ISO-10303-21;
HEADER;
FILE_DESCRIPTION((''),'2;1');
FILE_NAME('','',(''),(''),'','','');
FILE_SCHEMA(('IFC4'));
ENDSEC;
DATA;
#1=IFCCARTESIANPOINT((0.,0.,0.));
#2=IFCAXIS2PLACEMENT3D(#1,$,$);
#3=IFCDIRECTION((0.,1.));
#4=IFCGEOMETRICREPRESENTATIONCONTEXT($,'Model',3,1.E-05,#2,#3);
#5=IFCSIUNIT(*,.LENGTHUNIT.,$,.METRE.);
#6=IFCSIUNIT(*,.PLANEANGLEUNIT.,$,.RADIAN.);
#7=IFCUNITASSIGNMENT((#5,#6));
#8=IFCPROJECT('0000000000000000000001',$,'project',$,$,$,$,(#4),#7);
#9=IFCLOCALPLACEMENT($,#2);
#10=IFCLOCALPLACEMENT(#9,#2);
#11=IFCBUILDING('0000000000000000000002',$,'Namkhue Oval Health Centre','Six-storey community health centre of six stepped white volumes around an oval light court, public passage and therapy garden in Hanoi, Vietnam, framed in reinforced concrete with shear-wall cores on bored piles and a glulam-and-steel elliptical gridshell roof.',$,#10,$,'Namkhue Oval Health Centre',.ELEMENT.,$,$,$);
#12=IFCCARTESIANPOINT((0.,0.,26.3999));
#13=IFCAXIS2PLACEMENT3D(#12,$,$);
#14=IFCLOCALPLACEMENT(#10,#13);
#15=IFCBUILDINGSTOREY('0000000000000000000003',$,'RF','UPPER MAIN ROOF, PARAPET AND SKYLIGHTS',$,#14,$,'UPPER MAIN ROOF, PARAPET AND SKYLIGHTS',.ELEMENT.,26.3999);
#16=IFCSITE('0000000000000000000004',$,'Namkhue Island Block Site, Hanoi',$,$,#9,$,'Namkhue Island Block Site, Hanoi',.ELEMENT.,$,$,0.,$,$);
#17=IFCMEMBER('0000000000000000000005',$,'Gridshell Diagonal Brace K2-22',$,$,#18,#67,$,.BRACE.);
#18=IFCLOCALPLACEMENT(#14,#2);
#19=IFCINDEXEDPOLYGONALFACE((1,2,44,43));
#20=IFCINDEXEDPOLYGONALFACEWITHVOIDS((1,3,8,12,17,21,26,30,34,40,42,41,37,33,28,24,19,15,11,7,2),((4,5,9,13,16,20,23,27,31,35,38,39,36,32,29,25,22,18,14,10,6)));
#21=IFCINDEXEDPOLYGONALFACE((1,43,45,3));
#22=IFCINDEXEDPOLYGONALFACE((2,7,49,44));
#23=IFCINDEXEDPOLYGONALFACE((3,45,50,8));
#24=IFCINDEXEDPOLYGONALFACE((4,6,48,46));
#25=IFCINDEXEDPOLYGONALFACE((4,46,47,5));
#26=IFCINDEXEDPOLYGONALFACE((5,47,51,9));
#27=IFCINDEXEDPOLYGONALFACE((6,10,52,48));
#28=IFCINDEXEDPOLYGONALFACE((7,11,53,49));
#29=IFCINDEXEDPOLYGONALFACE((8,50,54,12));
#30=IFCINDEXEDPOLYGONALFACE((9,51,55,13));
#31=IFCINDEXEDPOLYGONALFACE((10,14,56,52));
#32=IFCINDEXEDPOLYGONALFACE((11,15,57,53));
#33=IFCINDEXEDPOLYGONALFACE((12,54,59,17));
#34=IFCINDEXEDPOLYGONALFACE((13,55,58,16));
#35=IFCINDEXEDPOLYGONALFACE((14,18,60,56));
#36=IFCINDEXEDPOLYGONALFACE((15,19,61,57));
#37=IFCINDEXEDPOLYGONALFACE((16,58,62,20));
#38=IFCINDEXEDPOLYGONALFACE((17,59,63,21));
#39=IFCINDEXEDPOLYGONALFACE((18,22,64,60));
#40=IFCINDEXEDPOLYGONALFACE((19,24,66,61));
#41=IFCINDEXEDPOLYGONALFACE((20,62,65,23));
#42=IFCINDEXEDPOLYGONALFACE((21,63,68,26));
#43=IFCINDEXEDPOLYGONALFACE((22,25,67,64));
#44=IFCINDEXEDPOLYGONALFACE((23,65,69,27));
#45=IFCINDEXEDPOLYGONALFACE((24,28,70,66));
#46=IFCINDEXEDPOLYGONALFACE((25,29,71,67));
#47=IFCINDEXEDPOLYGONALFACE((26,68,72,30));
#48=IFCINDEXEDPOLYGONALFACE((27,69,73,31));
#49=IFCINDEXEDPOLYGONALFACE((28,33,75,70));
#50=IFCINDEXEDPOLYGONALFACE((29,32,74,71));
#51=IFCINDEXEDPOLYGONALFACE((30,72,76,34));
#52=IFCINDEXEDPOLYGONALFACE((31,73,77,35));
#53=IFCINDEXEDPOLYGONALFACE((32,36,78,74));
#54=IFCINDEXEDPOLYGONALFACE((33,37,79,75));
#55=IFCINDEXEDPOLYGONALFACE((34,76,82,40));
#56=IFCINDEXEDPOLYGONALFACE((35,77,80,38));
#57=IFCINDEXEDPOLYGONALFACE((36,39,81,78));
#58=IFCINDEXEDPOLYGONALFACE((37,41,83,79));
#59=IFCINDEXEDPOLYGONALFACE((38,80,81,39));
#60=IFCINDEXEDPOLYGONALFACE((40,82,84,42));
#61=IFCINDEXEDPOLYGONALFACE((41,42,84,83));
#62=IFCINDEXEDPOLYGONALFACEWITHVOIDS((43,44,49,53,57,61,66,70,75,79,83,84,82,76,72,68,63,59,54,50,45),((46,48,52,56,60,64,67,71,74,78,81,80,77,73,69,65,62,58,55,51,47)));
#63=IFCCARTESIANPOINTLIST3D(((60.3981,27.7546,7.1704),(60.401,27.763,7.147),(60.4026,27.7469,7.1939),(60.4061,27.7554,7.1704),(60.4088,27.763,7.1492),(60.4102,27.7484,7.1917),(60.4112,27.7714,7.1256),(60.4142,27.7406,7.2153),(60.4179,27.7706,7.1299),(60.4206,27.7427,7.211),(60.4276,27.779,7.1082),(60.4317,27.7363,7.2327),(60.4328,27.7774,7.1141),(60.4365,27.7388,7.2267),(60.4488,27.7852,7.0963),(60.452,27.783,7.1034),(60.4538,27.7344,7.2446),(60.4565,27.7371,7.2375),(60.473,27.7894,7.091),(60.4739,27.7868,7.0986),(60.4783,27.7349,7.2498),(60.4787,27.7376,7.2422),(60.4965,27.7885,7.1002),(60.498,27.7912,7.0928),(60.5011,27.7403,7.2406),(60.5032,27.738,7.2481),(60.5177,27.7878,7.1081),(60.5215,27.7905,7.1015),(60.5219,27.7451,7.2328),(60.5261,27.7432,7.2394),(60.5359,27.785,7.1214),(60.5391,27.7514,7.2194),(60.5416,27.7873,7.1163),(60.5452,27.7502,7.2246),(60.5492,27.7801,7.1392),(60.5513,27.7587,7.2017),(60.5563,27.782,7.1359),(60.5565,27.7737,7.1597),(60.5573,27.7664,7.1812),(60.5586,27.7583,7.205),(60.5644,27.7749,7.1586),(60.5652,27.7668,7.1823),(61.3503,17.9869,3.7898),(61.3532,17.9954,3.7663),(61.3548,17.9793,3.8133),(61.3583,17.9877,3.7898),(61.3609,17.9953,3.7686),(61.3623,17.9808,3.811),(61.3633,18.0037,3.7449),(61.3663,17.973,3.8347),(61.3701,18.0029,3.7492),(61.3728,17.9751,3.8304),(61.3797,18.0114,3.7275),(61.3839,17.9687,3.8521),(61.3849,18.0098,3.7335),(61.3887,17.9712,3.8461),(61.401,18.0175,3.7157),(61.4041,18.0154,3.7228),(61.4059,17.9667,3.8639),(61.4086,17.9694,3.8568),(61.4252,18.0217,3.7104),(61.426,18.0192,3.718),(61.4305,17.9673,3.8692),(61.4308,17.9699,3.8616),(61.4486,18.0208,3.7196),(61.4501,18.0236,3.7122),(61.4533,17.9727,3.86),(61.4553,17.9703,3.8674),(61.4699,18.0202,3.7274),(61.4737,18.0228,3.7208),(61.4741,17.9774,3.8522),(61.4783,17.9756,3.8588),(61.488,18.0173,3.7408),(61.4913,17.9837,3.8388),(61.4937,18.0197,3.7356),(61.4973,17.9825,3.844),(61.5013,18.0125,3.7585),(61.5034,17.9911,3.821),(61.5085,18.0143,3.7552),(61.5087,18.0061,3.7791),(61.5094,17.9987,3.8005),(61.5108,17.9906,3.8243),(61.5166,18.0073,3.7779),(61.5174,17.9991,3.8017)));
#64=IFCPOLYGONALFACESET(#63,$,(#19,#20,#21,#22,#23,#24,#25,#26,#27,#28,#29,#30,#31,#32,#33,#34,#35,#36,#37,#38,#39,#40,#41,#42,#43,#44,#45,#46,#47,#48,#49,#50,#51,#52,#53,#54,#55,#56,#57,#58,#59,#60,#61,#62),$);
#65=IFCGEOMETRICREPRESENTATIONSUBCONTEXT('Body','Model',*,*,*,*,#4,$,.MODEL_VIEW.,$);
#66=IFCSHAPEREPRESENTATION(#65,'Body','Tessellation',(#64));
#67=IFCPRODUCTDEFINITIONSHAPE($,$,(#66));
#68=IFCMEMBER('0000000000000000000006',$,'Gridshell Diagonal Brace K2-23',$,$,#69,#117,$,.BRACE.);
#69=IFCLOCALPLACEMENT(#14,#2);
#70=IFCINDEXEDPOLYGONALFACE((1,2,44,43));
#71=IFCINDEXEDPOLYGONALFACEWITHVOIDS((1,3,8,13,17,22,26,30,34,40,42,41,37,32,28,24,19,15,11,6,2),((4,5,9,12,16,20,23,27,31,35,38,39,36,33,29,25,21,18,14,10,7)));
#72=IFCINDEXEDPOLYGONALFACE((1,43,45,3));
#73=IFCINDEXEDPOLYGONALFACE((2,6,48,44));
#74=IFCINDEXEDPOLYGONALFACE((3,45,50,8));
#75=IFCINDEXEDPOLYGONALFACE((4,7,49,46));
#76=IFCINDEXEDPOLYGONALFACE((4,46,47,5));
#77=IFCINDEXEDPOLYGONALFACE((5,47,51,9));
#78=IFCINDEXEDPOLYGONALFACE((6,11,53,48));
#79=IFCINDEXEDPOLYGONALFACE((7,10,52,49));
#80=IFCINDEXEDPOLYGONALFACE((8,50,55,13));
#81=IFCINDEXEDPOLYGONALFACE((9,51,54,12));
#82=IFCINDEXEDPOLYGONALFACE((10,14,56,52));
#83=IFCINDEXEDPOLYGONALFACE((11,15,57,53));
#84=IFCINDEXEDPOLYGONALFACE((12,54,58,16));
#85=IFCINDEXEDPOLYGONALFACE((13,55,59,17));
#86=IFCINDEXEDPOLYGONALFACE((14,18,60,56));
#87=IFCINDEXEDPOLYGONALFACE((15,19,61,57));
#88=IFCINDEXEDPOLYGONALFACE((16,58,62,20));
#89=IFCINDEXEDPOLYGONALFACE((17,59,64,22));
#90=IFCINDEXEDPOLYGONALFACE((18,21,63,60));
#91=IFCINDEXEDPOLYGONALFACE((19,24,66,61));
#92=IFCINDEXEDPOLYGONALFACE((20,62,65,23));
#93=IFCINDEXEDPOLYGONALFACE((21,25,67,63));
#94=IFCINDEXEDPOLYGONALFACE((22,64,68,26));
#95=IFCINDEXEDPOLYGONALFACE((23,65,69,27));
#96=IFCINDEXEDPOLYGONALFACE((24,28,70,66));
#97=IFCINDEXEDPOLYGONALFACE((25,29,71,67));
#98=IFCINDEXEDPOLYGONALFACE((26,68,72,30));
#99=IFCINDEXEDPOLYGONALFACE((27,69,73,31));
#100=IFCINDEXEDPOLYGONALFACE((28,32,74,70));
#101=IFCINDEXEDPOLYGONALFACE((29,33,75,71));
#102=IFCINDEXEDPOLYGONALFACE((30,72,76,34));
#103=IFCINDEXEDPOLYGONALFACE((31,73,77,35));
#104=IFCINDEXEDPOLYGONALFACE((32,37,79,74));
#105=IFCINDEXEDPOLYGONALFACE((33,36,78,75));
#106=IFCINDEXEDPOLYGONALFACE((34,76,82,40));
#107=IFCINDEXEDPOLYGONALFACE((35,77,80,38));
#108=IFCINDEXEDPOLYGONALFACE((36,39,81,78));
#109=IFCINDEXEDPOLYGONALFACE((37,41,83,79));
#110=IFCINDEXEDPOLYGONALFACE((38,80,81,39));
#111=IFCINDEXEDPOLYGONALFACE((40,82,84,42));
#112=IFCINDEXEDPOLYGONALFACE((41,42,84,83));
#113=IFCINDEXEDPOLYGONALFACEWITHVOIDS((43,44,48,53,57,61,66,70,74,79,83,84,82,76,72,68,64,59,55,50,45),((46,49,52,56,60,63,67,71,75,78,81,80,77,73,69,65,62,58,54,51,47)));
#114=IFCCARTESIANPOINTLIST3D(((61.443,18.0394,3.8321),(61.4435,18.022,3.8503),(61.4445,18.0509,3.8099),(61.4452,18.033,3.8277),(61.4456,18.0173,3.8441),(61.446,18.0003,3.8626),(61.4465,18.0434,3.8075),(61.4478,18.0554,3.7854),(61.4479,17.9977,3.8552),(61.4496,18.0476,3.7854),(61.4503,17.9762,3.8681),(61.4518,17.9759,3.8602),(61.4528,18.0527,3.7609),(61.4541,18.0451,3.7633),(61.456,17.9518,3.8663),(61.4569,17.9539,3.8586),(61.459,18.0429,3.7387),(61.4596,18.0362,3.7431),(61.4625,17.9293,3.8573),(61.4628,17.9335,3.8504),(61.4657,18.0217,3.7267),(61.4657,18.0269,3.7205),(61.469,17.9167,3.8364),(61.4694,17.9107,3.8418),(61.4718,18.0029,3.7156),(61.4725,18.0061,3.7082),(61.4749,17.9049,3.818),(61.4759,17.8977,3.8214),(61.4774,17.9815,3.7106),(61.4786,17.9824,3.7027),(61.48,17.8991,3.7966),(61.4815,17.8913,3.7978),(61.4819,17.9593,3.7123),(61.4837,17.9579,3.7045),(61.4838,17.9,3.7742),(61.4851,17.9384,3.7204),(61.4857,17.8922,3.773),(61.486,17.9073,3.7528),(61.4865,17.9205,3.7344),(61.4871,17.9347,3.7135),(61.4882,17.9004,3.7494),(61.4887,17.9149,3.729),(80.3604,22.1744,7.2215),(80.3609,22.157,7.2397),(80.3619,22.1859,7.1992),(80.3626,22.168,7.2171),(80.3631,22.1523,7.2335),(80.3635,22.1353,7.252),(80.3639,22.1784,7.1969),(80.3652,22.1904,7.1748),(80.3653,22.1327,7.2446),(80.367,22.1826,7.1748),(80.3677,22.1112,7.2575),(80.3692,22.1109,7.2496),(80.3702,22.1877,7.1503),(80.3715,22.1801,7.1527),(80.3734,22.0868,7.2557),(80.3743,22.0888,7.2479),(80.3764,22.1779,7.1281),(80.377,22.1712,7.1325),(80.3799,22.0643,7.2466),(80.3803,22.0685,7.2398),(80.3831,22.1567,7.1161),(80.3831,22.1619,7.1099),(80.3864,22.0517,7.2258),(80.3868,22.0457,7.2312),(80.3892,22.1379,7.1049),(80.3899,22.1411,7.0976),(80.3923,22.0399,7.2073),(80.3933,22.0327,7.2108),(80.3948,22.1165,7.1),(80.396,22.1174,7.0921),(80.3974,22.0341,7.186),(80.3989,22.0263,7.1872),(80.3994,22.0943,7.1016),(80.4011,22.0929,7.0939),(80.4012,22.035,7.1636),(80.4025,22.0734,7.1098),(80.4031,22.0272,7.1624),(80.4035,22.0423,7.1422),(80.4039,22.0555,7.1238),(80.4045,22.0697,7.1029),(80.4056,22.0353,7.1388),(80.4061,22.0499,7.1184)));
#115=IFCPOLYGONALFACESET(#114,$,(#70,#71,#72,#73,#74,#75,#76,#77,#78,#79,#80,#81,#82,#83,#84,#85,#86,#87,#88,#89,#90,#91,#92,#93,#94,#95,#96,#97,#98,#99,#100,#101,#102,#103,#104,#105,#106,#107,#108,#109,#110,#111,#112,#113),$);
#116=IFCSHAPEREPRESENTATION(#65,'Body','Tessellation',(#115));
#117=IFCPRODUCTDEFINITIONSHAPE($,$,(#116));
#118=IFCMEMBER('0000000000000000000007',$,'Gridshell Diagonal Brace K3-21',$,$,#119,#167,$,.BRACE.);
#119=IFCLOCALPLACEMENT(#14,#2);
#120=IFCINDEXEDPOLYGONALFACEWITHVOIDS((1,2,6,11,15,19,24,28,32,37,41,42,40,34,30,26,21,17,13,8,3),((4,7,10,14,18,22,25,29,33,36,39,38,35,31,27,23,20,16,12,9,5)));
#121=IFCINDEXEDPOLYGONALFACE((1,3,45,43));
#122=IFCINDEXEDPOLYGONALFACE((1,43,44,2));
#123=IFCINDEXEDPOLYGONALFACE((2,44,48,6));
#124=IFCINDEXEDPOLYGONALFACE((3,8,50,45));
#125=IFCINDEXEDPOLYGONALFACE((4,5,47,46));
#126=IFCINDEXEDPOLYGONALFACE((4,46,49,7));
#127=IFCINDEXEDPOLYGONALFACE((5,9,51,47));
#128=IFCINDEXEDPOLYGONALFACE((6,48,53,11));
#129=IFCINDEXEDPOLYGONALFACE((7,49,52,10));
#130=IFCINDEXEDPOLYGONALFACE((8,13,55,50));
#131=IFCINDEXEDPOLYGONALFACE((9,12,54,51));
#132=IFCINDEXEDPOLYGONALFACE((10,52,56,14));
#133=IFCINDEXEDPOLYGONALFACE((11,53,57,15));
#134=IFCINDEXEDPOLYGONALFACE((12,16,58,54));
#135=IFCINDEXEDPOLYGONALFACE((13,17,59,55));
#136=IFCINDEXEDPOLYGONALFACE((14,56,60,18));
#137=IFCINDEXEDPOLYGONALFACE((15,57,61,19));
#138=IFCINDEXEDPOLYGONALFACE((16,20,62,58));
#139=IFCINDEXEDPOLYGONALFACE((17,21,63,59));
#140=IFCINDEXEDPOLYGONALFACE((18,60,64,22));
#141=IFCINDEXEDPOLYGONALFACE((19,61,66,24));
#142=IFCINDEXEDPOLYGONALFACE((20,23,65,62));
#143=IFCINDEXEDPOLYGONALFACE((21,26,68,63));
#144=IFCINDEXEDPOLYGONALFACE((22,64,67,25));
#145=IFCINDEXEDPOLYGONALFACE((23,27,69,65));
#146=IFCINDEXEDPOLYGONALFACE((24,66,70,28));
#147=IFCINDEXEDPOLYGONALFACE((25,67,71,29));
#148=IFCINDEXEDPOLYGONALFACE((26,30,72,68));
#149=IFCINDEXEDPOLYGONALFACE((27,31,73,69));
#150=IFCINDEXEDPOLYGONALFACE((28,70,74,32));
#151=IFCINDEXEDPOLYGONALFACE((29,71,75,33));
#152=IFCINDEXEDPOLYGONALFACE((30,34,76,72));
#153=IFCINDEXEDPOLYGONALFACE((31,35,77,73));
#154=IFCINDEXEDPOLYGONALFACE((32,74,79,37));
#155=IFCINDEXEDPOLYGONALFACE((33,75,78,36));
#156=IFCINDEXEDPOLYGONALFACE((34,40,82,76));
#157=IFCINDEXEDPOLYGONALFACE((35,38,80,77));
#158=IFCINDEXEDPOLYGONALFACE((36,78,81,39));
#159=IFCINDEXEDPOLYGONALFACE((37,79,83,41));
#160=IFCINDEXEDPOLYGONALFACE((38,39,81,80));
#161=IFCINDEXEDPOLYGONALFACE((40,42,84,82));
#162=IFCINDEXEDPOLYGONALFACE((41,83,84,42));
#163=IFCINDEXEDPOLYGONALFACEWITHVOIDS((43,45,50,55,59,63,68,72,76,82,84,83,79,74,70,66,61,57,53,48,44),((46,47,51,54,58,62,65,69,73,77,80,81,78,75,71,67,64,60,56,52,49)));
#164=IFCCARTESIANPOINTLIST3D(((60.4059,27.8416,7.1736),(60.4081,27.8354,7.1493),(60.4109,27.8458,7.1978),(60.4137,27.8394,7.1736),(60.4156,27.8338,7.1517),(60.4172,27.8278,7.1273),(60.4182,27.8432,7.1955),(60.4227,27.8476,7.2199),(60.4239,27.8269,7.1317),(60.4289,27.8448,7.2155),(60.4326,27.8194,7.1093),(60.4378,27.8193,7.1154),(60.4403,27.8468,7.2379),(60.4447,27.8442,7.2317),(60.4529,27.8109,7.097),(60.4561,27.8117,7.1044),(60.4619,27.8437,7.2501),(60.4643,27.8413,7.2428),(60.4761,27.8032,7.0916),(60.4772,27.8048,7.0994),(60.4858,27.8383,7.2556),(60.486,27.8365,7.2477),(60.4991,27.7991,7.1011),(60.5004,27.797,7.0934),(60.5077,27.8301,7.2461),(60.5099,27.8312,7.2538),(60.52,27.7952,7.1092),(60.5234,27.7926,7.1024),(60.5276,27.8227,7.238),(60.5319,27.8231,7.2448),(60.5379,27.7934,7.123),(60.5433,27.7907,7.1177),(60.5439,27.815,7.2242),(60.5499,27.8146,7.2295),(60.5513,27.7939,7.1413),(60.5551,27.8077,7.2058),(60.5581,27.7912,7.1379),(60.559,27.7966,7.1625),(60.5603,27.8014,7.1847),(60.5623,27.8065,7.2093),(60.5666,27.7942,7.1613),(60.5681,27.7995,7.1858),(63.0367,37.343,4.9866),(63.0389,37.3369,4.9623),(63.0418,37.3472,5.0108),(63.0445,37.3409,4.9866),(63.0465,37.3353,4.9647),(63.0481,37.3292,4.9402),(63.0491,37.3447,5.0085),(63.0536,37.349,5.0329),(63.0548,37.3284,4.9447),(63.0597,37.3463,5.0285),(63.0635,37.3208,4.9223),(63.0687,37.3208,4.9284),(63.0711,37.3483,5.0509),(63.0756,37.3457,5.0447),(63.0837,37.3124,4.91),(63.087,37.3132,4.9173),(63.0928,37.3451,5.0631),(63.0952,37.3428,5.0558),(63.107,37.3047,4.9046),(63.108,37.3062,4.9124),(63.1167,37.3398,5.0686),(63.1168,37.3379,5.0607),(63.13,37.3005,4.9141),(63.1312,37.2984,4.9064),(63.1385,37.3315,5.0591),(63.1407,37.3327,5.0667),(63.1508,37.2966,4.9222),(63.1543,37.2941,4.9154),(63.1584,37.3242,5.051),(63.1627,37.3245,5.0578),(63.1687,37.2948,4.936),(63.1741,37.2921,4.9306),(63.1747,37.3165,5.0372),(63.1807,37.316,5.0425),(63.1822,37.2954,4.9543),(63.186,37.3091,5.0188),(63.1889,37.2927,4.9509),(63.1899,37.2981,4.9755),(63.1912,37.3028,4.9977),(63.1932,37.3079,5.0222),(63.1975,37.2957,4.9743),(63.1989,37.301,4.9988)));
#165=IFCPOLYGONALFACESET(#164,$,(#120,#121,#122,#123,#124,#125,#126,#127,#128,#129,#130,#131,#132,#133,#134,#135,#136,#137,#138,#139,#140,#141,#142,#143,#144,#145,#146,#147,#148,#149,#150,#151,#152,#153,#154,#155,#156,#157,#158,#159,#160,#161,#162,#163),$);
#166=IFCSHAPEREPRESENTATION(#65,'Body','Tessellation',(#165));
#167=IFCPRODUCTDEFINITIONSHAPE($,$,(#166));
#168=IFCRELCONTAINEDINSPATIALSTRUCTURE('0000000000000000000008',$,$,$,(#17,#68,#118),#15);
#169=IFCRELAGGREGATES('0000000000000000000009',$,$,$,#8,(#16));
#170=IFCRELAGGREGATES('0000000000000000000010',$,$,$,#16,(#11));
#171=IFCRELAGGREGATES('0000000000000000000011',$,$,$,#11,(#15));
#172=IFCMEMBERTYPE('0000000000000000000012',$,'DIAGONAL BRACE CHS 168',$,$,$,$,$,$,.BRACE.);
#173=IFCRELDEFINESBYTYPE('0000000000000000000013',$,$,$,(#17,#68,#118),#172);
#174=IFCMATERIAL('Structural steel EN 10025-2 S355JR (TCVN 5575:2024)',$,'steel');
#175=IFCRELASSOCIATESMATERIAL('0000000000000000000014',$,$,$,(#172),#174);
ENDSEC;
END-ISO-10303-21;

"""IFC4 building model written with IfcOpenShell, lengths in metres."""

from ifc_helpers import new_model, si_unit, direction, frame, origin, origin_2d, place, context, subcontext, project, spatial, hollow_circle, extrude, material, material_profile, profile_set, type_object, element, save


model = new_model("IFC4")

# Units and contexts
model_context = context("Model", 3, precision=1e-05, world=origin(), true_north=direction((0.0, 1.0)))
body_context = subcontext(model_context, "Body", "Model", "MODEL_VIEW")
ifc_project = project(units=[si_unit("LENGTHUNIT", "METRE"), si_unit("PLANEANGLEUNIT", "RADIAN")], contexts=[model_context])

# Site, building, storey
site_placement = place(None, origin())
site = spatial("IfcSite", under=ifc_project, at=site_placement, Name="Namkhue Island Block Site, Hanoi", LongName="Namkhue Island Block Site, Hanoi", CompositionType="ELEMENT", RefElevation=0.0)
building_placement = place(site_placement, origin())
building = spatial("IfcBuilding", under=site, at=building_placement, Name="Namkhue Oval Health Centre", Description="Six-storey community health centre of six stepped white volumes around an oval light court, public passage and therapy garden in Hanoi, Vietnam, framed in reinforced concrete with shear-wall cores on bored piles and a glulam-and-steel elliptical gridshell roof.", LongName="Namkhue Oval Health Centre", CompositionType="ELEMENT")
storey_placement = place(building_placement, frame((0.0, 0.0, 26.3999)))
storey = spatial("IfcBuildingStorey", under=building, at=storey_placement, Name="RF", Description="UPPER MAIN ROOF, PARAPET AND SKYLIGHTS", LongName="UPPER MAIN ROOF, PARAPET AND SKYLIGHTS", CompositionType="ELEMENT", Elevation=26.3999)

# Members
ifc_material_1 = material(Name="Structural steel EN 10025-2 S355JR (TCVN 5575:2024)", Category="steel")
ifc_material_profile_1 = material_profile(ifc_material_1, hollow_circle(Radius=0.0842, WallThickness=0.0081, at=origin_2d()), Name="CHS 168.3x8")
ifc_profile_set_1 = profile_set([ifc_material_profile_1], Name="Structural steel EN 10025-2 S355JR (TCVN 5575:2024)")
member_type_1 = type_object("IfcMemberType", Name="DIAGONAL BRACE CHS 168", PredefinedType="BRACE", material=ifc_profile_set_1)
member_1_placement = place(storey_placement, frame((61.4341, 17.9951, 3.7898), z_axis=(-0.091731, 0.941016, 0.325691), x_axis=(-0.995282, -0.097021, 0.0)))
element("IfcMember", 1, at=member_1_placement, inside=storey, type_object=member_type_1, Name="Gridshell Diagonal Brace K2-22", PredefinedType="BRACE", context=body_context, shape_type="SweptSolid", body=[
    extrude(hollow_circle(Radius=0.0842, WallThickness=0.0081, at=origin_2d()), origin(), (0.0, 0.0, 1.0), 10.3799),
])
member_2_placement = place(storey_placement, frame((61.4658, 17.9731, 3.7854), z_axis=(0.962304, 0.210342, 0.172414), x_axis=(-0.21354, 0.976934, 0.0)))
element("IfcMember", 2, at=member_2_placement, inside=storey, type_object=member_type_1, Name="Gridshell Diagonal Brace K2-23", PredefinedType="BRACE", context=body_context, shape_type="SweptSolid", body=[
    extrude(hollow_circle(Radius=0.0842, WallThickness=0.0081, at=origin_2d()), origin(), (0.0, 0.0, 1.0), 19.6584),
])
member_3_placement = place(storey_placement, frame((60.4871, 27.8191, 7.1736), z_axis=(0.260517, 0.940867, -0.216565), x_axis=(-0.963738, 0.266849, 0.0)))
element("IfcMember", 3, at=member_3_placement, inside=storey, type_object=member_type_1, Name="Gridshell Diagonal Brace K3-21", PredefinedType="BRACE", context=body_context, shape_type="SweptSolid", body=[
    extrude(hollow_circle(Radius=0.0842, WallThickness=0.0081, at=origin_2d()), origin(), (0.0, 0.0, 1.0), 10.0986),
])

save(model, "model.ifc")
